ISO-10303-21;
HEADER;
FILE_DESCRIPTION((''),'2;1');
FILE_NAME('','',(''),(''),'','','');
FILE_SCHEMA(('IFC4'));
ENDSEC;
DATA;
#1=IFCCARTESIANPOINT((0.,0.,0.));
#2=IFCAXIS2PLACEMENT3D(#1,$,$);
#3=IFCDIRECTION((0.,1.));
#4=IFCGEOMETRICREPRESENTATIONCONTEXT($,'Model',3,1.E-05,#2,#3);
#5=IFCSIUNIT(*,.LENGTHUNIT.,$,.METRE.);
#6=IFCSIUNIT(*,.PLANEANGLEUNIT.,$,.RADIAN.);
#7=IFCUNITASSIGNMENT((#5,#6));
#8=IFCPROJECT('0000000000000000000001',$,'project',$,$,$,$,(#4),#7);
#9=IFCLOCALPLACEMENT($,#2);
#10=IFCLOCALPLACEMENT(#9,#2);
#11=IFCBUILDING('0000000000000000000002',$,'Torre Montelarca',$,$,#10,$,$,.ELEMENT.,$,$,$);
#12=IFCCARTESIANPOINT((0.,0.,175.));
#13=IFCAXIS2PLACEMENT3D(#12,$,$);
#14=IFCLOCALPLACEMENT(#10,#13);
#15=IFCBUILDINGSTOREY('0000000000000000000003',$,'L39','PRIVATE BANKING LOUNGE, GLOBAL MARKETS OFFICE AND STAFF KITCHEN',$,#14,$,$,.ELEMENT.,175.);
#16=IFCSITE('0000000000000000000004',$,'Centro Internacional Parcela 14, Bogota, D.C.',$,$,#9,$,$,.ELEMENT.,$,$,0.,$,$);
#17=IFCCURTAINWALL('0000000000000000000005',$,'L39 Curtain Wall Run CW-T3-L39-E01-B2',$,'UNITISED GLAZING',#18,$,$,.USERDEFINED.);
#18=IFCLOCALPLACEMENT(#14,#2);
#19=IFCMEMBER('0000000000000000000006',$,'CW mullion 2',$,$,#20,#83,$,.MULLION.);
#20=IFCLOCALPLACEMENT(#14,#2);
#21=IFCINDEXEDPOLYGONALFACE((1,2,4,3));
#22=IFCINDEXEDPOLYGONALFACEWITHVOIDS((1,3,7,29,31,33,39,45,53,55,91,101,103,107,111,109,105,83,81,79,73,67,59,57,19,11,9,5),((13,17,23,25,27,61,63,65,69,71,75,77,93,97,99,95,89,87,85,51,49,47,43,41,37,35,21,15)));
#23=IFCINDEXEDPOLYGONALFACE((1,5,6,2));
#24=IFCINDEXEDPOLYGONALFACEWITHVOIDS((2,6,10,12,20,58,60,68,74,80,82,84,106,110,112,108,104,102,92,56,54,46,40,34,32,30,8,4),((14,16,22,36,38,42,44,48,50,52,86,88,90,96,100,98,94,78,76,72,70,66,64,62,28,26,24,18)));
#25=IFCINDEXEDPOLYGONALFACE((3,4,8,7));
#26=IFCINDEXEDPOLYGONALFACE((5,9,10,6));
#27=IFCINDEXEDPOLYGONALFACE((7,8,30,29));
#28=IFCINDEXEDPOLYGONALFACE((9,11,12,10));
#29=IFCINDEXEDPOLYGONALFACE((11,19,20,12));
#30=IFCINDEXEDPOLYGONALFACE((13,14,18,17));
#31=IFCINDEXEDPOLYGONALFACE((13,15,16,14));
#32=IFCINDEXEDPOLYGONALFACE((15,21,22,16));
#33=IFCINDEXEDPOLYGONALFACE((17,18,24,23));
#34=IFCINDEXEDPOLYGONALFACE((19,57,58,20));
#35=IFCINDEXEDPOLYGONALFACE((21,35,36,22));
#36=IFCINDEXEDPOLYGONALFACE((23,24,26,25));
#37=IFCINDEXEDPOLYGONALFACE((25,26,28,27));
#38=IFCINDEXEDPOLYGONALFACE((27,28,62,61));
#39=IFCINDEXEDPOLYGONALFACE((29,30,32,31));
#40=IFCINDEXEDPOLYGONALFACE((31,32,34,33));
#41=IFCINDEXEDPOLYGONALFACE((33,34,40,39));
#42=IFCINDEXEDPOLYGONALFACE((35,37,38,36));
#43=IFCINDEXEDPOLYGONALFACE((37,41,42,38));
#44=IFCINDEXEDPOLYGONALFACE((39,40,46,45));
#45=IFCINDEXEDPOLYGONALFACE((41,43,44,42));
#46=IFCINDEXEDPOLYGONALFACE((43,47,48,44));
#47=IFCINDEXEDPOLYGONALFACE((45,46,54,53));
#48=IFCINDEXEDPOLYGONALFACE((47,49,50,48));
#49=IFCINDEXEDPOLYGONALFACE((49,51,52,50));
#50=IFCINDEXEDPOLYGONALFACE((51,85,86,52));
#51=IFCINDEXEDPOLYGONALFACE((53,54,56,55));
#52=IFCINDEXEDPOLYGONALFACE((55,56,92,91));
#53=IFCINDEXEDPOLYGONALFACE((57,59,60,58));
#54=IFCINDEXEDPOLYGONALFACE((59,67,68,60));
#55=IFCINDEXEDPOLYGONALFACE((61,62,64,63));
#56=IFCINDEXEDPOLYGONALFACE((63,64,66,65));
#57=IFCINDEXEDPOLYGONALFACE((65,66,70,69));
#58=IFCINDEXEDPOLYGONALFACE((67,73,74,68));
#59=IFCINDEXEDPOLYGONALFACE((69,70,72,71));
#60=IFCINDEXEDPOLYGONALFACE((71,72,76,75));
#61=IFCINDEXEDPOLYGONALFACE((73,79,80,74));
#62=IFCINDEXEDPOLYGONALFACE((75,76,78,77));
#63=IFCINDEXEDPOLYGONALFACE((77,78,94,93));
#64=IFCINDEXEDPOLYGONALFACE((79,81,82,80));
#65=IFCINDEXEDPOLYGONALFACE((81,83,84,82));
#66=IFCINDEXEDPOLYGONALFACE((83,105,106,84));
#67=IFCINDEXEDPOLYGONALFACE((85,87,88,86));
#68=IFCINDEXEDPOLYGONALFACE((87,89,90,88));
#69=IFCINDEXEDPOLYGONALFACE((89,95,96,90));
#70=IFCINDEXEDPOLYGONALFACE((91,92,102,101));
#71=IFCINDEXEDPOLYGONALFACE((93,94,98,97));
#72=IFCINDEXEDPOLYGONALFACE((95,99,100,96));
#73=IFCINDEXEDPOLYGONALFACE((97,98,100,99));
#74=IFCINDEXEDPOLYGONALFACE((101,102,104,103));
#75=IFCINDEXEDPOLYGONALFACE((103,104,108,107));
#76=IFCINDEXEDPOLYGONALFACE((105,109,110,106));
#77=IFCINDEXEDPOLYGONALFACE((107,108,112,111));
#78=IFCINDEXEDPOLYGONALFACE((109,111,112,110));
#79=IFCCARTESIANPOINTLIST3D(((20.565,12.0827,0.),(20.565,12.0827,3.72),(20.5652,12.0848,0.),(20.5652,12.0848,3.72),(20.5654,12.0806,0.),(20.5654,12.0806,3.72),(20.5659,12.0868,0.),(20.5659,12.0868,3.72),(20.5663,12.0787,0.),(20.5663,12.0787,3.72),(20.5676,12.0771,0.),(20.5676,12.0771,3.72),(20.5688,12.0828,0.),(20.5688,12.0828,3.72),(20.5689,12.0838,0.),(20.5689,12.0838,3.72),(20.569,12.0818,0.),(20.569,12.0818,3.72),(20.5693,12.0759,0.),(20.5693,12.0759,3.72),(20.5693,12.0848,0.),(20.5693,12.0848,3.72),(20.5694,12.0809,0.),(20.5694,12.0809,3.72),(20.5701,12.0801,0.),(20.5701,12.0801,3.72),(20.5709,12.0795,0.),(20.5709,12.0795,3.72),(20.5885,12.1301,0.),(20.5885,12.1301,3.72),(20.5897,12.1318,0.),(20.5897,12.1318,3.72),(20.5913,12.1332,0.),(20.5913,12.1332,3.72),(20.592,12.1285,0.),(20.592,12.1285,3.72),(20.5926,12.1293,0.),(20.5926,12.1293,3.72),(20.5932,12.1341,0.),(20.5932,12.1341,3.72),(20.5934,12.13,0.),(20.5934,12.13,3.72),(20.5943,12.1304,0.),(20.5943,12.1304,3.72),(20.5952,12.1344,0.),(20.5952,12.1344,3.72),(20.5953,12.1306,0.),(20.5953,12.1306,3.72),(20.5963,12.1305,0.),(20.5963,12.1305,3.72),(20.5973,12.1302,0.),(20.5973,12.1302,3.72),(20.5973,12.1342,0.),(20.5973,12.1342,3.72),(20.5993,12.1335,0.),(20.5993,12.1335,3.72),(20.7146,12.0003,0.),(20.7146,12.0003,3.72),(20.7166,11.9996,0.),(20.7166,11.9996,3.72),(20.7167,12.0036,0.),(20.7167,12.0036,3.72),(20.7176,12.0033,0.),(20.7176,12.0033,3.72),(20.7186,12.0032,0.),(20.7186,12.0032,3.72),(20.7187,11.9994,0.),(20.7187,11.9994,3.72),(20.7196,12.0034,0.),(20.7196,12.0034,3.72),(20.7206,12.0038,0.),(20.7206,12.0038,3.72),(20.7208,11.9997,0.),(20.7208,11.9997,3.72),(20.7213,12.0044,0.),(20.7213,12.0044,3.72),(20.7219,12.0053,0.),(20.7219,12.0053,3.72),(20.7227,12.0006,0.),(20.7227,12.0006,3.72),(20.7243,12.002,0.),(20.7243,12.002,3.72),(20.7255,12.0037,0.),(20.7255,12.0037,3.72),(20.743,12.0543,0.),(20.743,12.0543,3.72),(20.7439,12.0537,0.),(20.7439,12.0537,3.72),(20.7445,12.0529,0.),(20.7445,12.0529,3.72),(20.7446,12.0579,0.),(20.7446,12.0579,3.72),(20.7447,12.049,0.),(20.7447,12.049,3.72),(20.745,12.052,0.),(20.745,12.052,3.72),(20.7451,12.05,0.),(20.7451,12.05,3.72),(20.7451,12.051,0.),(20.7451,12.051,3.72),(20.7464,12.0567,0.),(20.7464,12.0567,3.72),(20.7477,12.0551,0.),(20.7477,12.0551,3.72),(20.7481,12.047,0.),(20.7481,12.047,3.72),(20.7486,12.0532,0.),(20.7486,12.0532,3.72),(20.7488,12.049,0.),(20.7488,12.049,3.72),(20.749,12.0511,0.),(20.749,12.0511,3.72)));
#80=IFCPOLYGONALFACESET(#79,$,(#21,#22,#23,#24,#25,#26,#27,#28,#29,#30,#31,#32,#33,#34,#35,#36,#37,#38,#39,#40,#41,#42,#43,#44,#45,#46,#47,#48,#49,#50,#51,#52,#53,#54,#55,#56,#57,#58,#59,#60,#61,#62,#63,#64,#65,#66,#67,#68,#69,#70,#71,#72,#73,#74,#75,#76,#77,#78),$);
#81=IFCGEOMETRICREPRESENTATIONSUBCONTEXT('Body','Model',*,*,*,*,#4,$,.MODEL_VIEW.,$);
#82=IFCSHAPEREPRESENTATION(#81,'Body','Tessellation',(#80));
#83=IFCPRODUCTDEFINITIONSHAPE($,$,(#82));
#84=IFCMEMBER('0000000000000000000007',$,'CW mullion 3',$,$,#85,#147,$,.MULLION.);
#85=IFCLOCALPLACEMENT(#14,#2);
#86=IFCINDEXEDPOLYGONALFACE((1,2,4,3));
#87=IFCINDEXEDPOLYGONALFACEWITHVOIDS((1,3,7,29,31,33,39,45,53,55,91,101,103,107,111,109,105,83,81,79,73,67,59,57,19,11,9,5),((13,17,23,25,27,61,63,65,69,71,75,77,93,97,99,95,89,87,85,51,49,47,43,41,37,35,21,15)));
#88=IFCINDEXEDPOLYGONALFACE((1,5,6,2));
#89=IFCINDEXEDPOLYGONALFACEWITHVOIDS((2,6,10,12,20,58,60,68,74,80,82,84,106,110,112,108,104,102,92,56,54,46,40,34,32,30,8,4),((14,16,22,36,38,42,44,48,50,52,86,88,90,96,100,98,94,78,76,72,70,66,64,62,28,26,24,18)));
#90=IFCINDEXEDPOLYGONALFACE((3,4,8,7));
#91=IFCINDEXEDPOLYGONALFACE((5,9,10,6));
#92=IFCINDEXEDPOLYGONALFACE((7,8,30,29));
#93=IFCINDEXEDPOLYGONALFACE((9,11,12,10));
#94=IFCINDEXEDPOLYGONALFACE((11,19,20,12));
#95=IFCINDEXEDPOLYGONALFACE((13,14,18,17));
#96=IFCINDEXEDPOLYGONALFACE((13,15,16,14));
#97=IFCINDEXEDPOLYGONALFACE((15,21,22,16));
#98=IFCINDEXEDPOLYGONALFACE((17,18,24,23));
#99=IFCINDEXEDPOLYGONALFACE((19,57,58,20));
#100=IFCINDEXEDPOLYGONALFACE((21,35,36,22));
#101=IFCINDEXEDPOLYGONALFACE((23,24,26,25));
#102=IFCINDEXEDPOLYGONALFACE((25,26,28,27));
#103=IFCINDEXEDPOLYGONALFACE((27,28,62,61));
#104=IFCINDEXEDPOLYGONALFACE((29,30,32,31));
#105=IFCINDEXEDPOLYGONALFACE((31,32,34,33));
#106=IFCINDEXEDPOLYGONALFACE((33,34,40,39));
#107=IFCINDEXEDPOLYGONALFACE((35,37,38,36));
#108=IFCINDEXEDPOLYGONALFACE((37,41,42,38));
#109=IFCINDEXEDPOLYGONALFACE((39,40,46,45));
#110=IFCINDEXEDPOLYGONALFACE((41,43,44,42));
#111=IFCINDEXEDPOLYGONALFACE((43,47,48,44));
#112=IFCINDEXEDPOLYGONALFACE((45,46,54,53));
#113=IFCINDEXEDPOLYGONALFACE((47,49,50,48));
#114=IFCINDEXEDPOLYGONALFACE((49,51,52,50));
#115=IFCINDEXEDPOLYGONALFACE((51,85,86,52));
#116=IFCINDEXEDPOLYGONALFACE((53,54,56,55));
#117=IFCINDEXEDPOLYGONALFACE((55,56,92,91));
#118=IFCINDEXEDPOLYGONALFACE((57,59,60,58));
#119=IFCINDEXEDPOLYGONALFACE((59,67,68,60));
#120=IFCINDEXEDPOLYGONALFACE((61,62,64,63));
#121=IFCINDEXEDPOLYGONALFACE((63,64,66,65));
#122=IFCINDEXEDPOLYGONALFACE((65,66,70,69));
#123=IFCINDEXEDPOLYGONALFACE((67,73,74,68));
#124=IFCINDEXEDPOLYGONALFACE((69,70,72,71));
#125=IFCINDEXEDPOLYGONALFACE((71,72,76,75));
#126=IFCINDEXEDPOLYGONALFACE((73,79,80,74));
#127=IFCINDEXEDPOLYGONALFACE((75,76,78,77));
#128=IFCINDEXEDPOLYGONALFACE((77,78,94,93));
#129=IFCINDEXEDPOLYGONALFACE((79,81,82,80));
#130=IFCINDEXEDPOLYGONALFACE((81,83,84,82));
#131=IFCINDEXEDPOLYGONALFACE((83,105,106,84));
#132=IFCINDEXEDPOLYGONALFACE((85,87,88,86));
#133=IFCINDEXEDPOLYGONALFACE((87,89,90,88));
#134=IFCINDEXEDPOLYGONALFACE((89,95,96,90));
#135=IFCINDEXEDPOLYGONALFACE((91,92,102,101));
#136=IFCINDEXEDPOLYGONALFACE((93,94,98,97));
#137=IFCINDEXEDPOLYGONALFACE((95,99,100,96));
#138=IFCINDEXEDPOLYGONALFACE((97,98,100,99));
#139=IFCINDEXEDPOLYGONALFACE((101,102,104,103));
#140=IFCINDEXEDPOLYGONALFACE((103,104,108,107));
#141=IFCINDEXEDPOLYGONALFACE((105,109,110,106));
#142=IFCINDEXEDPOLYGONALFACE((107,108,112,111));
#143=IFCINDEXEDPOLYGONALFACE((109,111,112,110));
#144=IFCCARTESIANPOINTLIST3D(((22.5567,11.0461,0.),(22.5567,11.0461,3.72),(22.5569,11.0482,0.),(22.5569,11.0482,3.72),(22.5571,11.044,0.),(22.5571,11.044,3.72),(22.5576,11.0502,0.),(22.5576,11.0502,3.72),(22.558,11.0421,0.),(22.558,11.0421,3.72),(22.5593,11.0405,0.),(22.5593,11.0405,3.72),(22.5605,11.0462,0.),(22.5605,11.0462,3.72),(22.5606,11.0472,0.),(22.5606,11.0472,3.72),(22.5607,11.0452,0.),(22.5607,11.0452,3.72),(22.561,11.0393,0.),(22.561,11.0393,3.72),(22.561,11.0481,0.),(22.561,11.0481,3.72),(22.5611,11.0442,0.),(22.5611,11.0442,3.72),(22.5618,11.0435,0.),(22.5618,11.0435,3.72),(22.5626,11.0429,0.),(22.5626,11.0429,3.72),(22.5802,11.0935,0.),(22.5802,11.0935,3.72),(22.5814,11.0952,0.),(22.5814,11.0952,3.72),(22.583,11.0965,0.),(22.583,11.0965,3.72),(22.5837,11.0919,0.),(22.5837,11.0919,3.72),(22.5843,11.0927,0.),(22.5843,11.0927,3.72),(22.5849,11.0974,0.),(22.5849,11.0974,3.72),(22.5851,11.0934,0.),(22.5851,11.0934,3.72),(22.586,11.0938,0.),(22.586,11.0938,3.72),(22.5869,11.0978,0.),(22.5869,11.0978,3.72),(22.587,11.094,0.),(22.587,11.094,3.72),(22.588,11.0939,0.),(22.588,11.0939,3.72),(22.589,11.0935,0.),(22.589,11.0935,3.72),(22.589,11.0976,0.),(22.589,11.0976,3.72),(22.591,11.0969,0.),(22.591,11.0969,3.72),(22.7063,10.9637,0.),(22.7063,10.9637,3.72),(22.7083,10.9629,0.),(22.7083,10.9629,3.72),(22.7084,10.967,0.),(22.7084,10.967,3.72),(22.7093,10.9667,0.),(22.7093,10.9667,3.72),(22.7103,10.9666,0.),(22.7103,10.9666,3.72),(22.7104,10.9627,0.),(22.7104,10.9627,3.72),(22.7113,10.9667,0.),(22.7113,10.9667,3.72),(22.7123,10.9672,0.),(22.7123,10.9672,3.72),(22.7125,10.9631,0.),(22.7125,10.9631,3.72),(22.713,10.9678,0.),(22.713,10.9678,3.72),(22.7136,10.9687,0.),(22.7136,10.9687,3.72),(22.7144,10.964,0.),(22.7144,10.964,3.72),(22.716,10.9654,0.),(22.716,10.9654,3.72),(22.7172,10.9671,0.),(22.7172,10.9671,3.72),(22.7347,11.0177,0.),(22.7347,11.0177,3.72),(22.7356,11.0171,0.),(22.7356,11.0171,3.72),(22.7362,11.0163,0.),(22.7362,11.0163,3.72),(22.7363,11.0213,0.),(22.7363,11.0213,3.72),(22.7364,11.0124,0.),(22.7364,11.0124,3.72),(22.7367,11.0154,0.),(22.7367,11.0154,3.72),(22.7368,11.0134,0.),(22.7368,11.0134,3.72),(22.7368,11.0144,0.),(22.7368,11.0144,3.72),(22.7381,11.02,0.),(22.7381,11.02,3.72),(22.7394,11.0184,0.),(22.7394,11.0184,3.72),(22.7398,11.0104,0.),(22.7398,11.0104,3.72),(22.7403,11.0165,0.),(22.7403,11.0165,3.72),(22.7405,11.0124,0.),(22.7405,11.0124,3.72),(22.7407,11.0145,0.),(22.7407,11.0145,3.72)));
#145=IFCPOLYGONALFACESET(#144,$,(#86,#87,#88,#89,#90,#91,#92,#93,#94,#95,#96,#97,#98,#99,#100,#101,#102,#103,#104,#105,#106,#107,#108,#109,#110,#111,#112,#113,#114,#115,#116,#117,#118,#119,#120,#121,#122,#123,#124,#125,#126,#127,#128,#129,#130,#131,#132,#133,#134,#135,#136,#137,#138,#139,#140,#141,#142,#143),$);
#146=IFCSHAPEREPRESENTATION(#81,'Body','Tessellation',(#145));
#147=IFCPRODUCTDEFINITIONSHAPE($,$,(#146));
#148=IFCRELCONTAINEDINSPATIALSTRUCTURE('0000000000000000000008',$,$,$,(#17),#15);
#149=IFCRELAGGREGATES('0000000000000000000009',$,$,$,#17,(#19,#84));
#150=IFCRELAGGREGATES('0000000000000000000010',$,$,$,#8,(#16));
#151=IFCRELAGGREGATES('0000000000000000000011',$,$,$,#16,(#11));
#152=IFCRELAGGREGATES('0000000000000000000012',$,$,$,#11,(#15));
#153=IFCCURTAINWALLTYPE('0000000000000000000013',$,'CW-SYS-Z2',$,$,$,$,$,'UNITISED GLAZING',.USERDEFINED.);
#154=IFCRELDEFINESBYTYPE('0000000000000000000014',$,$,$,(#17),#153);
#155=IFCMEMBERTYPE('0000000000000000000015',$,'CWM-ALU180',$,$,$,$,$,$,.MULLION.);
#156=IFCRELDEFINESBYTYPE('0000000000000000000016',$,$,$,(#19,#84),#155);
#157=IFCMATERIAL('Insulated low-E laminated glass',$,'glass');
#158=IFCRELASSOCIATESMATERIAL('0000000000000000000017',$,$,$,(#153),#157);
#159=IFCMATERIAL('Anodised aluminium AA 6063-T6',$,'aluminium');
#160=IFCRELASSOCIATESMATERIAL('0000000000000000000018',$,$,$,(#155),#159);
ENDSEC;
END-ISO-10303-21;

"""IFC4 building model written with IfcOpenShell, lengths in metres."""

from ifc_helpers import new_model, si_unit, direction, frame, origin, origin_2d, place, context, subcontext, project, spatial, hollow_rectangle, extrude, source, transform, mapped, material, material_profile, profile_set, type_object, element, aggregate, save


model = new_model("IFC4")

# Units and contexts
model_context = context("Model", 3, precision=1e-05, world=origin(), true_north=direction((0.0, 1.0)))
body_context = subcontext(model_context, "Body", "Model", "MODEL_VIEW")
ifc_project = project(units=[si_unit("LENGTHUNIT", "METRE"), si_unit("PLANEANGLEUNIT", "RADIAN")], contexts=[model_context])

# Site, building, storey
site_placement = place(None, origin())
site = spatial("IfcSite", under=ifc_project, at=site_placement, Name="Centro Internacional Parcela 14, Bogota, D.C.", CompositionType="ELEMENT", RefElevation=0.0)
building_placement = place(site_placement, origin())
building = spatial("IfcBuilding", under=site, at=building_placement, Name="Torre Montelarca", CompositionType="ELEMENT")
storey_placement = place(building_placement, frame((0.0, 0.0, 175.0)))
storey = spatial("IfcBuildingStorey", under=building, at=storey_placement, Name="L39", Description="PRIVATE BANKING LOUNGE, GLOBAL MARKETS OFFICE AND STAFF KITCHEN", CompositionType="ELEMENT", Elevation=175.0)

# Curtain wall, members
ifc_material_1 = material(Name="Insulated low-E laminated glass", Category="glass")
curtain_wall_type = type_object("IfcCurtainWallType", Name="CW-SYS-Z2", ElementType="UNITISED GLAZING", PredefinedType="USERDEFINED", material=ifc_material_1)
ifc_material_2 = material(Name="Anodised aluminium AA 6063-T6", Category="aluminium")
curtain_wall_1_placement = place(storey_placement, origin())
curtain_wall_1 = element("IfcCurtainWall", 1, at=curtain_wall_1_placement, inside=storey, type_object=curtain_wall_type, Name="L39 Curtain Wall Run CW-T3-L39-E01-B2", ObjectType="UNITISED GLAZING", PredefinedType="USERDEFINED")
ifc_material_profile_1 = material_profile(ifc_material_2, hollow_rectangle(XDim=0.0649, YDim=0.1799, WallThickness=0.0039, InnerFilletRadius=0.0039, OuterFilletRadius=0.0081, at=origin_2d()), Name="ALU65X180X4", Category="aluminium")
ifc_profile_set_1 = profile_set([ifc_material_profile_1], Name="Anodised aluminium AA 6063-T6")
member_type_1 = type_object("IfcMemberType", Name="CWM-ALU180", PredefinedType="MULLION", material=ifc_profile_set_1)
shared_shape_1 = source(origin(), body_context, "Body", "SweptSolid", [
    extrude(hollow_rectangle(XDim=0.0649, YDim=0.1799, WallThickness=0.0039, InnerFilletRadius=0.0039, OuterFilletRadius=0.0081, at=origin_2d()), origin(), (0.0, 0.0, 1.0), 3.72),
])
member_1_placement = place(storey_placement, frame((20.657, 12.0669, 0.0), z_axis=(0.0, 0.0, 1.0), x_axis=(0.461747, 0.887012, 0.0)))
member_1 = element("IfcMember", 2, at=member_1_placement, type_object=member_type_1, Name="CW mullion 2", PredefinedType="MULLION", context=body_context, shape_type="MappedRepresentation", body=[
    mapped(shared_shape_1, transform((0.0, 0.0, 0.0), scale=1.0)),
])
member_2_placement = place(storey_placement, frame((22.6487, 11.0303, 0.0), z_axis=(0.0, 0.0, 1.0), x_axis=(0.461747, 0.887012, 0.0)))
member_2 = element("IfcMember", 3, at=member_2_placement, type_object=member_type_1, Name="CW mullion 3", PredefinedType="MULLION", context=body_context, shape_type="MappedRepresentation", body=[
    mapped(shared_shape_1, transform((0.0, 0.0, 0.0), scale=1.0)),
])

aggregate(curtain_wall_1, [member_1, member_2])

save(model, "model.ifc")
